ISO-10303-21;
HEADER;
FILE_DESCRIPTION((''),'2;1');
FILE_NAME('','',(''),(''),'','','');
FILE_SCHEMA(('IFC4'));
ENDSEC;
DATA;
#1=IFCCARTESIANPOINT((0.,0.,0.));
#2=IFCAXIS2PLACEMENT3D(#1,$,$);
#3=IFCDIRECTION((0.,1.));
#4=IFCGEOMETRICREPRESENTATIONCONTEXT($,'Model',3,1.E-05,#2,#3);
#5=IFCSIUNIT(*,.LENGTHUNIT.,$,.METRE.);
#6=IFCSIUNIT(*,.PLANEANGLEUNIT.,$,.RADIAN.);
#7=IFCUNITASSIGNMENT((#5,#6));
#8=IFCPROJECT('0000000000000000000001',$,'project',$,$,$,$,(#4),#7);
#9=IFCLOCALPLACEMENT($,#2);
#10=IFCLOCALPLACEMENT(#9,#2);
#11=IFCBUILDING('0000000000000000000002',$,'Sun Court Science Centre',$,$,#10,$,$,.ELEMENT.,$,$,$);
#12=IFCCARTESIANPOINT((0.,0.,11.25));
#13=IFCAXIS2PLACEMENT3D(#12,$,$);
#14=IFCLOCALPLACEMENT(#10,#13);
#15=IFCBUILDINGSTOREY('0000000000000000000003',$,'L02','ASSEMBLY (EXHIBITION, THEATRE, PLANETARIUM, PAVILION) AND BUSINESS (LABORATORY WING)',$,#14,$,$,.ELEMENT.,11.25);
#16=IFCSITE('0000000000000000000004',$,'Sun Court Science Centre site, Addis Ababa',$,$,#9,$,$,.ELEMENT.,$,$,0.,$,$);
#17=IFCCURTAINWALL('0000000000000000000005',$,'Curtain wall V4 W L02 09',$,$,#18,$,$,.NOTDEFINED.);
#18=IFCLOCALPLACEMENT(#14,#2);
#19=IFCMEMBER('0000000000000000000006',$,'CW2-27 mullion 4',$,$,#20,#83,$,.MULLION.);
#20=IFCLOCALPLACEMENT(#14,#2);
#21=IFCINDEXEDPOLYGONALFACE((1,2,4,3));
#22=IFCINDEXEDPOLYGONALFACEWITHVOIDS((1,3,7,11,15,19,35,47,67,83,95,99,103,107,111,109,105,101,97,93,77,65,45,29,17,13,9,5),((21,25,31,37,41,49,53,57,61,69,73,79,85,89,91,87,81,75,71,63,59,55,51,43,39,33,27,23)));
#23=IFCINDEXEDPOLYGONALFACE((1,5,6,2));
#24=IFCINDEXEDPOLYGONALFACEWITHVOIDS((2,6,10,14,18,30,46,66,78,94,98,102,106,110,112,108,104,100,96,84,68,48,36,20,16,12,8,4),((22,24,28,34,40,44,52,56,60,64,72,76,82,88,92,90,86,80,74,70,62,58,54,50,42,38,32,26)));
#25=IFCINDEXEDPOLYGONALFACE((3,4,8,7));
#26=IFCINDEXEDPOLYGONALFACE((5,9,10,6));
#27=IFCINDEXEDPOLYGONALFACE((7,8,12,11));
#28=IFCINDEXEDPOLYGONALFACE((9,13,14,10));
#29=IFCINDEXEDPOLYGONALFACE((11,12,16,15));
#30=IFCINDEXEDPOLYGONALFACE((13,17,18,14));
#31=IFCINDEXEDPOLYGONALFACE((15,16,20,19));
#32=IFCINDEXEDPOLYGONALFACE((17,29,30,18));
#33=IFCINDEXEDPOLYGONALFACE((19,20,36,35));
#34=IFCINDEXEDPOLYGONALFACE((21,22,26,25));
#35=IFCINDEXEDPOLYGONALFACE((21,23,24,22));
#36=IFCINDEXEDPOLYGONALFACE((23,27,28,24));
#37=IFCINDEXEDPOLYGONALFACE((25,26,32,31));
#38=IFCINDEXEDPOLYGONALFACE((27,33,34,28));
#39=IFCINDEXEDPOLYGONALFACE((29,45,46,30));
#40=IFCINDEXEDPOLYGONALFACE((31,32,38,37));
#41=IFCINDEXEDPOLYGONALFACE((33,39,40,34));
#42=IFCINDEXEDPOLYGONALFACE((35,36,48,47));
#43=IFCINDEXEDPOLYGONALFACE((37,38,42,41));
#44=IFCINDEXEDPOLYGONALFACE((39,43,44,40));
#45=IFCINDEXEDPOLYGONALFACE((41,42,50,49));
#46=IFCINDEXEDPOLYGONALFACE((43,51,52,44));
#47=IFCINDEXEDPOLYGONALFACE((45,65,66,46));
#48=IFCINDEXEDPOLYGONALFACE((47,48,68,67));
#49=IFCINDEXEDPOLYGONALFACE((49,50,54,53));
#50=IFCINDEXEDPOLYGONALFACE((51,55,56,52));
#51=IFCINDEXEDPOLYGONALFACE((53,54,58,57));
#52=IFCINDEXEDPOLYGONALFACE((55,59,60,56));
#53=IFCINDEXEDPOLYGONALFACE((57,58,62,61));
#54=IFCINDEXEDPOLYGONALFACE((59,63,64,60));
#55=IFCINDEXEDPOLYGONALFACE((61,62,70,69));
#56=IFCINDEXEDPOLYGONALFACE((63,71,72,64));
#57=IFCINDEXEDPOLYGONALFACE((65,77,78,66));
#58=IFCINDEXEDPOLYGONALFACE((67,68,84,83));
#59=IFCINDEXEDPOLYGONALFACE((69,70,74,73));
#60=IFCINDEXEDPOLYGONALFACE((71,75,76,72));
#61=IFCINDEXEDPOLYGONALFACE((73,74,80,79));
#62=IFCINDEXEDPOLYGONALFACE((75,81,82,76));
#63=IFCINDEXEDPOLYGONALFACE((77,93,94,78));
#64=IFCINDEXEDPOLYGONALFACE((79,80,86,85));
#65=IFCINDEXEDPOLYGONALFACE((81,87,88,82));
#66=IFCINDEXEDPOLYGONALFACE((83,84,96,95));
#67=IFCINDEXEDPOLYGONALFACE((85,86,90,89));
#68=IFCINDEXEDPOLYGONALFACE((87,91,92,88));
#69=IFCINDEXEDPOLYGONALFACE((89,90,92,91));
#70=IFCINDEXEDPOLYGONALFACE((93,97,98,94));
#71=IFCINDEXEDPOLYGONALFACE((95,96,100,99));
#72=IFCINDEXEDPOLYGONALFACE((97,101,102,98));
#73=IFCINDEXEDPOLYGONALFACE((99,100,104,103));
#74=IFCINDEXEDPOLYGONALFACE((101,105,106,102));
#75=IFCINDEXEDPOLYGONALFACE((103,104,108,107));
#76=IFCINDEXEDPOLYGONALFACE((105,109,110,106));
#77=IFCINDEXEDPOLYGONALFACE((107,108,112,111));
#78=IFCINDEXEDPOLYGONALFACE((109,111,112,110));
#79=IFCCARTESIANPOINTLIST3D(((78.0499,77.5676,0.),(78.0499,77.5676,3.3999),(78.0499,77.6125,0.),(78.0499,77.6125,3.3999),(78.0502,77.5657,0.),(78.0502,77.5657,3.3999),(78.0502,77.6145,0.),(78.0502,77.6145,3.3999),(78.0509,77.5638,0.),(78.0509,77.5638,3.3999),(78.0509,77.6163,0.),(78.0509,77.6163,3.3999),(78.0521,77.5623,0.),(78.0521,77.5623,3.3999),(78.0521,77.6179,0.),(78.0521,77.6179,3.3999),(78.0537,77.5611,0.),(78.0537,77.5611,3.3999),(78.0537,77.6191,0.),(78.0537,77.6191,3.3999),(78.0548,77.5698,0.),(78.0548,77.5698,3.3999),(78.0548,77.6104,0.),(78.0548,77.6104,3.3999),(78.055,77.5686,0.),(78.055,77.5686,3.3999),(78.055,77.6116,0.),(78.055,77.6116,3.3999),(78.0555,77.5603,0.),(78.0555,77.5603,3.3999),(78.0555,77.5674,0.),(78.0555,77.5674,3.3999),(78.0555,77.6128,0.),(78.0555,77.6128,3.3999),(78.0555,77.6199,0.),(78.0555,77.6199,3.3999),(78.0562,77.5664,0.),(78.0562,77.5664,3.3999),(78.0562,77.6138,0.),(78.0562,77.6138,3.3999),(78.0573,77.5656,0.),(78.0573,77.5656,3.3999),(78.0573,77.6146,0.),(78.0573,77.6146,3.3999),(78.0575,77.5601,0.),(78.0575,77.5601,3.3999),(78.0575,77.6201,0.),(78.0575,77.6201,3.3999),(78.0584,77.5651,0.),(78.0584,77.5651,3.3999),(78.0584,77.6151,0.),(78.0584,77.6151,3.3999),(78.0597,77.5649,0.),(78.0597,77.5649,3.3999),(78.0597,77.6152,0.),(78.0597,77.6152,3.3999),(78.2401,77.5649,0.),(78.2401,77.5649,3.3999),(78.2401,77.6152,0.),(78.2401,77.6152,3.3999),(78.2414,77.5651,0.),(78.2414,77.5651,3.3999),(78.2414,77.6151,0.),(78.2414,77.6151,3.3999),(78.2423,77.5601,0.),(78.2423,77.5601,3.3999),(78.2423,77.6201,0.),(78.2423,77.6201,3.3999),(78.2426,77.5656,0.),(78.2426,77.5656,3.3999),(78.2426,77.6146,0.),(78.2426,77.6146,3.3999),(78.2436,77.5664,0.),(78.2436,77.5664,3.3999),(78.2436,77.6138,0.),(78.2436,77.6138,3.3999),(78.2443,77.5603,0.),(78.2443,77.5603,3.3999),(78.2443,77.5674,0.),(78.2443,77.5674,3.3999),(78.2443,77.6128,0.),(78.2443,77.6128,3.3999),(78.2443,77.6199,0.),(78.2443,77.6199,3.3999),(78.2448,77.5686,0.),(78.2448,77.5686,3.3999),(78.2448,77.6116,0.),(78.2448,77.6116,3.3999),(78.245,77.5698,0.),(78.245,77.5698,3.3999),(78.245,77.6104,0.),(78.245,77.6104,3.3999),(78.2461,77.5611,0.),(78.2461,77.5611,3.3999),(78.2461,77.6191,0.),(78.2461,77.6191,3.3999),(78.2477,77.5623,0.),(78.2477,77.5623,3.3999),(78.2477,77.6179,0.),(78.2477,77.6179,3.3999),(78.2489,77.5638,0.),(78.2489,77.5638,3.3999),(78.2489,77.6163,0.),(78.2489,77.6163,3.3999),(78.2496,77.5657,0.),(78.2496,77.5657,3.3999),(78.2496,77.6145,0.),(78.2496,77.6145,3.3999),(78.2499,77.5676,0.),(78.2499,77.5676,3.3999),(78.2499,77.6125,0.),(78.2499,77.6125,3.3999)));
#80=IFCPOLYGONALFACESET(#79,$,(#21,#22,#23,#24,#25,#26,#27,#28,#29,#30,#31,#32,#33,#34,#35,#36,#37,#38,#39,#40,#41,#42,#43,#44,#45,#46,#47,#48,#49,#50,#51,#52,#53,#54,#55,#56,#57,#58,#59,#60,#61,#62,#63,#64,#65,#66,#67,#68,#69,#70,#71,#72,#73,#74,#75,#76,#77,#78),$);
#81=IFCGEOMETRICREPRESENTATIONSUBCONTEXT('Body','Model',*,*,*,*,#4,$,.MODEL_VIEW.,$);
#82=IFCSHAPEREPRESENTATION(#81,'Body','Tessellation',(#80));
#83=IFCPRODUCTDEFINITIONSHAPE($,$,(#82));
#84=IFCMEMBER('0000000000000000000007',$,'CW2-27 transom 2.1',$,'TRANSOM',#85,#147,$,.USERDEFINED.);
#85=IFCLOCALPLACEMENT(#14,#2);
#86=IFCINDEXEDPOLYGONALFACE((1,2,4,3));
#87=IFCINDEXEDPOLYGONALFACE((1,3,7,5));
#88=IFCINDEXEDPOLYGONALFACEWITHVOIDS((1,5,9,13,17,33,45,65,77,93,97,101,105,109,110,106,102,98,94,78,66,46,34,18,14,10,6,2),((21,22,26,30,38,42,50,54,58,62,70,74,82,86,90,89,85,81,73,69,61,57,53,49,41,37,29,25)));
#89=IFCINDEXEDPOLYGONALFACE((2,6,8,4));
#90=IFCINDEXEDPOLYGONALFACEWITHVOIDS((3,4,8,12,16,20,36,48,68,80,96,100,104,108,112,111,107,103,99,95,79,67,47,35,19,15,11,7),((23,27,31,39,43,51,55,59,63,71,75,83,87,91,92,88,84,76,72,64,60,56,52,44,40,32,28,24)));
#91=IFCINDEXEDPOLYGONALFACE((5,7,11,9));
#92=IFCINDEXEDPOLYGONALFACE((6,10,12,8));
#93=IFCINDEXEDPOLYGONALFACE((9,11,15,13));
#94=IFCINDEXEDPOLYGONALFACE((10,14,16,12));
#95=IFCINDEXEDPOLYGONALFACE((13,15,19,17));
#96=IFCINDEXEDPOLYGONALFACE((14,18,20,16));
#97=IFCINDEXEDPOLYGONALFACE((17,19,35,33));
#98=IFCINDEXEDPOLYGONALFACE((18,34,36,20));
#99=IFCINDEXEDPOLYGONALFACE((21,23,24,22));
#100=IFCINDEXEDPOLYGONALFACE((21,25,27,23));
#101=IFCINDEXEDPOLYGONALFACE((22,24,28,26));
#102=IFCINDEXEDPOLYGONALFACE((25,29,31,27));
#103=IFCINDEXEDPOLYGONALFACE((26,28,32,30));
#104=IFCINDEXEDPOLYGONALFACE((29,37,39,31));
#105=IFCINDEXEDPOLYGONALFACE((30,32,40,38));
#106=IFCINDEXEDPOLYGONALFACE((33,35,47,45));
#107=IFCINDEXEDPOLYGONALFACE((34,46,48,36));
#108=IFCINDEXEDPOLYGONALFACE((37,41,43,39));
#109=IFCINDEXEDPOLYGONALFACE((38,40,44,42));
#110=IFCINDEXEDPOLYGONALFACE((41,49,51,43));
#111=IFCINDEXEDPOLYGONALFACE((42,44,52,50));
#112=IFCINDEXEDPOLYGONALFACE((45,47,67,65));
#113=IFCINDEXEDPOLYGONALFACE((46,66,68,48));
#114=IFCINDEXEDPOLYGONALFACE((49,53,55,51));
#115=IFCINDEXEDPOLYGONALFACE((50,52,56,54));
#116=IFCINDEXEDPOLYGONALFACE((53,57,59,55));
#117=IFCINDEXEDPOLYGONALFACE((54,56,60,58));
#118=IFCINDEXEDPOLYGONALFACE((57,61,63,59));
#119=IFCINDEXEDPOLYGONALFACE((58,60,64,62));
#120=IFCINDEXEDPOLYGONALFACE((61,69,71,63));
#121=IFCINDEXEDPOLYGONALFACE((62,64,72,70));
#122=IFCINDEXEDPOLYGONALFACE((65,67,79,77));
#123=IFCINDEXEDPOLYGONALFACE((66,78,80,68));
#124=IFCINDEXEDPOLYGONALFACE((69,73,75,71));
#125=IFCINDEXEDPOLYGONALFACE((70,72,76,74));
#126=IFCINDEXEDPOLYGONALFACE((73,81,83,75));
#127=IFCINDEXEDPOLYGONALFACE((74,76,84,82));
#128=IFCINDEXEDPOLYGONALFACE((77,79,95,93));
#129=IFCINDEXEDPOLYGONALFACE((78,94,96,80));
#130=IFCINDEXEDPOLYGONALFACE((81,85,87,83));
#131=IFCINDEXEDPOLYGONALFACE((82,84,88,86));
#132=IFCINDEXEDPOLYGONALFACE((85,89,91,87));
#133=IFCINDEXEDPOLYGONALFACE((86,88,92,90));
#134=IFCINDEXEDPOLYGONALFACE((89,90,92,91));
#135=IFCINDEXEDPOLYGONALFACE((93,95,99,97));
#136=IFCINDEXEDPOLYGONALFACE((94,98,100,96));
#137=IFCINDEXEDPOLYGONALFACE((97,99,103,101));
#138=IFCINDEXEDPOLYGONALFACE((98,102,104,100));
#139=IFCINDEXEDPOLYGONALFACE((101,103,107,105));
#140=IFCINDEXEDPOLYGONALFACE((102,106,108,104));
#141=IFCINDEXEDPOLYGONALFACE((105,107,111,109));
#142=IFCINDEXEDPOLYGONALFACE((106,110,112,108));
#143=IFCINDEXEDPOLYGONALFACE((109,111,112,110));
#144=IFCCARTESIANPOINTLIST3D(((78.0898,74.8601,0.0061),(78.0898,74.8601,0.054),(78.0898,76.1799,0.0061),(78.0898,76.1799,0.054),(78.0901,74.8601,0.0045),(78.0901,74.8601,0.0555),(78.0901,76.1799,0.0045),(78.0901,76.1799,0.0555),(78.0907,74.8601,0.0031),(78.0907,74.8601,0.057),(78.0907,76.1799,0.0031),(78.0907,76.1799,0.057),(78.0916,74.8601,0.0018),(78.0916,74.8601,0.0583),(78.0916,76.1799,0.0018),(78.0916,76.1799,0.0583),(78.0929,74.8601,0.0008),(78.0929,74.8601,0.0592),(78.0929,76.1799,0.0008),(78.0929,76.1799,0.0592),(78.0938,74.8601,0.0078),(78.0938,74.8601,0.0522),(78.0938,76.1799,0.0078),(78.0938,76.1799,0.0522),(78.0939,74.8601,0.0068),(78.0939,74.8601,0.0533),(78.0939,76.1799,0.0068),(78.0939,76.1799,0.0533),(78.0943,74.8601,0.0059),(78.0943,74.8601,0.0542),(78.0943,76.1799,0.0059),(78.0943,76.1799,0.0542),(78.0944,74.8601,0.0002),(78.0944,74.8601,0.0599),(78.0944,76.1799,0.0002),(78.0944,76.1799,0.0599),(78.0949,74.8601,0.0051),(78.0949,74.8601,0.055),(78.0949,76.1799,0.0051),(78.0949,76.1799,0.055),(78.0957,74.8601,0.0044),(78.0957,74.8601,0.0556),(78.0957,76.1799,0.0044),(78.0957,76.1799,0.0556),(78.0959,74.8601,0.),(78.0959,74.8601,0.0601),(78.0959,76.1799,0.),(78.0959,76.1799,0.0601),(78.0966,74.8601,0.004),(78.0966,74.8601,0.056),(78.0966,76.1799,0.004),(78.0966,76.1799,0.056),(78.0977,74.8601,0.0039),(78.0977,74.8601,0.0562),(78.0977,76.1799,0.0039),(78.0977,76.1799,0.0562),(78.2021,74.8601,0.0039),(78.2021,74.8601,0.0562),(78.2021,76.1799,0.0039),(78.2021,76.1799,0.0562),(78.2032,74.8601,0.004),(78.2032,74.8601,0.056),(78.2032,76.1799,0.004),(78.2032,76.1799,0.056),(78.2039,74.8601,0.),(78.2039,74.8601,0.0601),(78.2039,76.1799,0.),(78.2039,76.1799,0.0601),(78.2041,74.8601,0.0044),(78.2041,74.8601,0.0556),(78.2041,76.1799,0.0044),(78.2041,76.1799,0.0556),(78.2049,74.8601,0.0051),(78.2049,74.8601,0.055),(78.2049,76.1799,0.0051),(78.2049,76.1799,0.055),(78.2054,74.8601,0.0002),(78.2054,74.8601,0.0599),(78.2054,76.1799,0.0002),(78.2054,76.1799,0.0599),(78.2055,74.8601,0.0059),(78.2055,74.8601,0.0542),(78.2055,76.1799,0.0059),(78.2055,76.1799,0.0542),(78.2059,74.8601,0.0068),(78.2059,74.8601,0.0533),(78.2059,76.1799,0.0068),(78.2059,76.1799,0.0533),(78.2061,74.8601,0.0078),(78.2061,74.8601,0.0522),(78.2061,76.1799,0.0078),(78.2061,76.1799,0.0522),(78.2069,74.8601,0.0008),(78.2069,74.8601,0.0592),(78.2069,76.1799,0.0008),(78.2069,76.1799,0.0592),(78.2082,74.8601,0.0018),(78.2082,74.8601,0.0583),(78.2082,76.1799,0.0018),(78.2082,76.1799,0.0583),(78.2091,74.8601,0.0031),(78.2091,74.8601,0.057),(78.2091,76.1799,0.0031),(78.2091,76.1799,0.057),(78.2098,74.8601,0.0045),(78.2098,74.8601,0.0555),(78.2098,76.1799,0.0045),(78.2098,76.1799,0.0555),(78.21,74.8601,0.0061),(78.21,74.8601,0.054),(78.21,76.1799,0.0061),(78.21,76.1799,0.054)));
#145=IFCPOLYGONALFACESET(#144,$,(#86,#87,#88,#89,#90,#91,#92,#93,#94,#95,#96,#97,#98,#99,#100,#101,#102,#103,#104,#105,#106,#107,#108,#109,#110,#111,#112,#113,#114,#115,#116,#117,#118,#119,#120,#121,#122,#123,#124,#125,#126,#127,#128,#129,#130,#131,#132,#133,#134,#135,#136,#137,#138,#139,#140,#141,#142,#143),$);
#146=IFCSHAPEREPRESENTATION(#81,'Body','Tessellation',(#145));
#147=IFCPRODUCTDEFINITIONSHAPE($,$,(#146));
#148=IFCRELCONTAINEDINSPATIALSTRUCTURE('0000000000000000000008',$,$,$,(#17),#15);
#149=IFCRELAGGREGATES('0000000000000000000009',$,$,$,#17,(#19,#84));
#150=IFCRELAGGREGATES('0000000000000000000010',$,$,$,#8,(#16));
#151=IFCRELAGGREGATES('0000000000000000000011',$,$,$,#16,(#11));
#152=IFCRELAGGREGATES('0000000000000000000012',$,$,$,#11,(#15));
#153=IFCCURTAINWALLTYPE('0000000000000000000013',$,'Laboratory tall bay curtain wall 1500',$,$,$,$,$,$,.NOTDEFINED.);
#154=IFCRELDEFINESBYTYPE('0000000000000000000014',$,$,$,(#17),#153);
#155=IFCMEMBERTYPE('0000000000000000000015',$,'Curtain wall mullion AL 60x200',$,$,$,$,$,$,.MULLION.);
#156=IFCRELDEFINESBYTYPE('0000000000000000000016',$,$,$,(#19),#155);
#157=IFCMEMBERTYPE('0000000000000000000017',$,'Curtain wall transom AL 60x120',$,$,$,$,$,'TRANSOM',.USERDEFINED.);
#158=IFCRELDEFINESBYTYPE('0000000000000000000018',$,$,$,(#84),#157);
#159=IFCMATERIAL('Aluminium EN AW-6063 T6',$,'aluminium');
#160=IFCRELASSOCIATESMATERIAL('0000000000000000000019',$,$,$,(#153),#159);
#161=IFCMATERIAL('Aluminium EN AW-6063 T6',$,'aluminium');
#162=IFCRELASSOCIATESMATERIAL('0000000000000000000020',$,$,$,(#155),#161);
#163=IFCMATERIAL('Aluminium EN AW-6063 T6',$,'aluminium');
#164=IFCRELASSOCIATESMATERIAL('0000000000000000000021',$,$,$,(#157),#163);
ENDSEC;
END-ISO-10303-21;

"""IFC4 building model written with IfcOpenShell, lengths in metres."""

from ifc_helpers import new_model, si_unit, direction, frame, origin, origin_2d, place, context, subcontext, project, spatial, hollow_rectangle, extrude, material, material_profile, profile_set, type_object, element, aggregate, save


model = new_model("IFC4")

# Units and contexts
model_context = context("Model", 3, precision=1e-05, world=origin(), true_north=direction((0.0, 1.0)))
body_context = subcontext(model_context, "Body", "Model", "MODEL_VIEW")
ifc_project = project(units=[si_unit("LENGTHUNIT", "METRE"), si_unit("PLANEANGLEUNIT", "RADIAN")], contexts=[model_context])

# Site, building, storey
site_placement = place(None, origin())
site = spatial("IfcSite", under=ifc_project, at=site_placement, Name="Sun Court Science Centre site, Addis Ababa", CompositionType="ELEMENT", RefElevation=0.0)
building_placement = place(site_placement, origin())
building = spatial("IfcBuilding", under=site, at=building_placement, Name="Sun Court Science Centre", CompositionType="ELEMENT")
storey_placement = place(building_placement, frame((0.0, 0.0, 11.25)))
storey = spatial("IfcBuildingStorey", under=building, at=storey_placement, Name="L02", Description="ASSEMBLY (EXHIBITION, THEATRE, PLANETARIUM, PAVILION) AND BUSINESS (LABORATORY WING)", CompositionType="ELEMENT", Elevation=11.25)

# Curtain wall, members
ifc_material_1 = material(Name="Aluminium EN AW-6063 T6", Category="aluminium")
curtain_wall_type = type_object("IfcCurtainWallType", Name="Laboratory tall bay curtain wall 1500", PredefinedType="NOTDEFINED", material=ifc_material_1)
curtain_wall_placement = place(storey_placement, origin())
curtain_wall = element("IfcCurtainWall", 1, at=curtain_wall_placement, inside=storey, type_object=curtain_wall_type, Name="Curtain wall V4 W L02 09", PredefinedType="NOTDEFINED")
ifc_material_2 = material(Name="Aluminium EN AW-6063 T6", Category="aluminium")
ifc_material_profile_1 = material_profile(ifc_material_2, hollow_rectangle(XDim=0.0601, YDim=0.2, WallThickness=0.0049, InnerFilletRadius=0.0049, OuterFilletRadius=0.0076, at=origin_2d()), Name="AL 60x200x5")
ifc_profile_set_1 = profile_set([ifc_material_profile_1], Name="Aluminium EN AW-6063 T6")
member_type_1 = type_object("IfcMemberType", Name="Curtain wall mullion AL 60x200", PredefinedType="MULLION", material=ifc_profile_set_1)
member_1_placement = place(storey_placement, frame((78.1499, 77.5901, 0.0), z_axis=(0.0, 0.0, 1.0), x_axis=(0.0, 1.0, 0.0)))
member_1 = element("IfcMember", 2, at=member_1_placement, type_object=member_type_1, Name="CW2-27 mullion 4", PredefinedType="MULLION", context=body_context, shape_type="SweptSolid", body=[
    extrude(hollow_rectangle(XDim=0.0601, YDim=0.2, WallThickness=0.0049, InnerFilletRadius=0.0049, OuterFilletRadius=0.0076, at=origin_2d()), origin(), (0.0, 0.0, 1.0), 3.3999),
])
ifc_material_3 = material(Name="Aluminium EN AW-6063 T6", Category="aluminium")
ifc_material_profile_2 = material_profile(ifc_material_3, hollow_rectangle(XDim=0.0601, YDim=0.1201, WallThickness=0.0039, InnerFilletRadius=0.0039, OuterFilletRadius=0.0061, at=origin_2d()), Name="AL 60x120x4")
ifc_profile_set_2 = profile_set([ifc_material_profile_2], Name="Aluminium EN AW-6063 T6")
member_type_2 = type_object("IfcMemberType", Name="Curtain wall transom AL 60x120", ElementType="TRANSOM", PredefinedType="USERDEFINED", material=ifc_profile_set_2)
member_2_placement = place(storey_placement, frame((78.1499, 74.8601, 0.03), z_axis=(0.0, 1.0, 0.0), x_axis=(0.0, 0.0, 1.0)))
member_2 = element("IfcMember", 3, at=member_2_placement, type_object=member_type_2, Name="CW2-27 transom 2.1", ObjectType="TRANSOM", PredefinedType="USERDEFINED", context=body_context, shape_type="SweptSolid", body=[
    extrude(hollow_rectangle(XDim=0.0601, YDim=0.1201, WallThickness=0.0039, InnerFilletRadius=0.0039, OuterFilletRadius=0.0061, at=origin_2d()), origin(), (0.0, 0.0, 1.0), 1.3198),
])

aggregate(curtain_wall, [member_1, member_2])

save(model, "model.ifc")
